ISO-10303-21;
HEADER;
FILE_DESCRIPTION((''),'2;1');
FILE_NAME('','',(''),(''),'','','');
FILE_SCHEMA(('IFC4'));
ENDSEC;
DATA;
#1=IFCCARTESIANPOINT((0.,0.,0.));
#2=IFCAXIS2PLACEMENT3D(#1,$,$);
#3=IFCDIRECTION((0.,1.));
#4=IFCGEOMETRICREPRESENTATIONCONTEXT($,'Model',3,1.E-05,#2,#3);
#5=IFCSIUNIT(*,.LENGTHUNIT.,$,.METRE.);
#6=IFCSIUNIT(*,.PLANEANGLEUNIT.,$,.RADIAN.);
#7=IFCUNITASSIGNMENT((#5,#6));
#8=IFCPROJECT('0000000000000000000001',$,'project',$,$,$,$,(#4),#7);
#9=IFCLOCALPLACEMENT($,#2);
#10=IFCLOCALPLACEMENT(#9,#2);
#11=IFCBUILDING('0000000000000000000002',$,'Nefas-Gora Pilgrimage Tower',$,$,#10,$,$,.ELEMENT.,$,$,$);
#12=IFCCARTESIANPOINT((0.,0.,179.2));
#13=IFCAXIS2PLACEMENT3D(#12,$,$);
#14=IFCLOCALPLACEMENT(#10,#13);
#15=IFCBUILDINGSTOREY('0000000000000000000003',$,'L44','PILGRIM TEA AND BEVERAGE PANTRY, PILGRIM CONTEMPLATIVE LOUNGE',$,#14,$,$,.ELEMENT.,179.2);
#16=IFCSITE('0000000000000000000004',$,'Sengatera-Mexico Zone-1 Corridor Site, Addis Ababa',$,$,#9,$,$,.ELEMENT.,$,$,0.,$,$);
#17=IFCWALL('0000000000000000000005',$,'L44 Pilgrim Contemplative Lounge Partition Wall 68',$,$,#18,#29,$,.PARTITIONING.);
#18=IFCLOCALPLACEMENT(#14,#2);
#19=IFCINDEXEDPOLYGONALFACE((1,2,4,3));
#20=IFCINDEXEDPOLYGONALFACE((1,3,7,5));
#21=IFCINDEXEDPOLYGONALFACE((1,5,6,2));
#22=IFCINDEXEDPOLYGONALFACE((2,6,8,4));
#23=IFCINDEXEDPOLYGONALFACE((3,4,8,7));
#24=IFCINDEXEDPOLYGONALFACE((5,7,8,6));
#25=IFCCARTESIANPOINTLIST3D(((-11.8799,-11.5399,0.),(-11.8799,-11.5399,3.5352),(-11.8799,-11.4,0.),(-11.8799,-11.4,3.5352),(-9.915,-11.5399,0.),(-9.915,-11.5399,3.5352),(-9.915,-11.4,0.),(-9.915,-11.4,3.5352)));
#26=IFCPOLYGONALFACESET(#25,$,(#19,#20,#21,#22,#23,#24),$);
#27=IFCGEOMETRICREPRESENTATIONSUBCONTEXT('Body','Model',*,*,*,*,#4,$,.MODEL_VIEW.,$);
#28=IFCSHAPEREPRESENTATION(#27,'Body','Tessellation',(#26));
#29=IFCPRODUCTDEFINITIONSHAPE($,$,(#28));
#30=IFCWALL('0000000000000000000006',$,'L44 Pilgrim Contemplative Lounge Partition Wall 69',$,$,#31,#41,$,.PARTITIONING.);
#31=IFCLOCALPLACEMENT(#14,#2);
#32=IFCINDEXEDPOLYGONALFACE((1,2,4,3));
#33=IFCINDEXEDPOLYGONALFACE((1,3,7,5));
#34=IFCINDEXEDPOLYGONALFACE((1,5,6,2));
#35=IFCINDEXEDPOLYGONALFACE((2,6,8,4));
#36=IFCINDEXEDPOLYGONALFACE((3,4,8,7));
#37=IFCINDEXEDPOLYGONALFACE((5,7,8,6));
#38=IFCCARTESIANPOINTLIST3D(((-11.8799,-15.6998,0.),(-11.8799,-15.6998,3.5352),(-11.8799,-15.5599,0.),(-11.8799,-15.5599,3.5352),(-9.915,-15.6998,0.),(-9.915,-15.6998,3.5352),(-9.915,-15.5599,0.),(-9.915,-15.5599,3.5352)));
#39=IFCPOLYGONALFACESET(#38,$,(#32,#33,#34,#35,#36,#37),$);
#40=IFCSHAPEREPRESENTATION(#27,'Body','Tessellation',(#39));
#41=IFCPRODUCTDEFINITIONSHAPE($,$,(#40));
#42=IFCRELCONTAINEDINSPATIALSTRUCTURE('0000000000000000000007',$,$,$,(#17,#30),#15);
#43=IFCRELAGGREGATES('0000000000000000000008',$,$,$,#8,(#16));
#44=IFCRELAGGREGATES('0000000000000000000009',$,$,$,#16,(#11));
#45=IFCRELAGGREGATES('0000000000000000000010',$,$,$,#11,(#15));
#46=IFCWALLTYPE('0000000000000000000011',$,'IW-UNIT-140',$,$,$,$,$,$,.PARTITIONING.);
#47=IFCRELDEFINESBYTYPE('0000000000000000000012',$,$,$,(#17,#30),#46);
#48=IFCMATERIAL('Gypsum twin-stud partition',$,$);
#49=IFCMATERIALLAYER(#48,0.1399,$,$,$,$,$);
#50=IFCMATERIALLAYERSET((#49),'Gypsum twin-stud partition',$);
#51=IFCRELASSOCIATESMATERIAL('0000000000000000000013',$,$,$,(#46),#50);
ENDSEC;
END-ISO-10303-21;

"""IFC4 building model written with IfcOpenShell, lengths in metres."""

from ifc_helpers import new_model, si_unit, direction, frame, frame_2d, origin, place, context, subcontext, project, spatial, rectangle, extrude, source, transform, mapped, material, layer, layer_set, type_object, element, save


model = new_model("IFC4")

# Units and contexts
model_context = context("Model", 3, precision=1e-05, world=origin(), true_north=direction((0.0, 1.0)))
body_context = subcontext(model_context, "Body", "Model", "MODEL_VIEW")
ifc_project = project(units=[si_unit("LENGTHUNIT", "METRE"), si_unit("PLANEANGLEUNIT", "RADIAN")], contexts=[model_context])

# Site, building, storey
site_placement = place(None, origin())
site = spatial("IfcSite", under=ifc_project, at=site_placement, Name="Sengatera-Mexico Zone-1 Corridor Site, Addis Ababa", CompositionType="ELEMENT", RefElevation=0.0)
building_placement = place(site_placement, origin())
building = spatial("IfcBuilding", under=site, at=building_placement, Name="Nefas-Gora Pilgrimage Tower", CompositionType="ELEMENT")
storey_placement = place(building_placement, frame((0.0, 0.0, 179.2)))
storey = spatial("IfcBuildingStorey", under=building, at=storey_placement, Name="L44", Description="PILGRIM TEA AND BEVERAGE PANTRY, PILGRIM CONTEMPLATIVE LOUNGE", CompositionType="ELEMENT", Elevation=179.2)

# Walls
ifc_material_1 = material(Name="Gypsum twin-stud partition")
ifc_layer_1 = layer(ifc_material_1, 0.1399)
ifc_layer_set_1 = layer_set([ifc_layer_1], Name="Gypsum twin-stud partition")
wall_type_1 = type_object("IfcWallType", Name="IW-UNIT-140", PredefinedType="PARTITIONING", material=ifc_layer_set_1)
shared_shape_1 = source(origin(), body_context, "Body", "SweptSolid", [
    extrude(rectangle(XDim=1.9648, YDim=0.1399, at=frame_2d((0.9824, 0.0))), origin(), (0.0, 0.0, 1.0), 3.5352),
])
for number, where, z_axis, x_axis, name in (
    (1, (-11.8799, -11.47, 0.0), (0.0, 0.0, 1.0), (1.0, 0.0, 0.0), "L44 Pilgrim Contemplative Lounge Partition Wall 68"),
    (2, (-11.8799, -15.6299, 0.0), (0.0, 0.0, 1.0), (1.0, 0.0, 0.0), "L44 Pilgrim Contemplative Lounge Partition Wall 69"),
):
    element("IfcWall", number, at=place(storey_placement, frame(where, z_axis=z_axis, x_axis=x_axis)), inside=storey, type_object=wall_type_1, Name=name, PredefinedType="PARTITIONING", context=body_context, shape_type="MappedRepresentation", body=[
        mapped(shared_shape_1, transform((0.0, 0.0, 0.0), x_axis=(1.0, 0.0, 0.0), y_axis=(0.0, 1.0, 0.0), z_axis=(0.0, 0.0, 1.0), scale=1.0)),
    ])

save(model, "model.ifc")
